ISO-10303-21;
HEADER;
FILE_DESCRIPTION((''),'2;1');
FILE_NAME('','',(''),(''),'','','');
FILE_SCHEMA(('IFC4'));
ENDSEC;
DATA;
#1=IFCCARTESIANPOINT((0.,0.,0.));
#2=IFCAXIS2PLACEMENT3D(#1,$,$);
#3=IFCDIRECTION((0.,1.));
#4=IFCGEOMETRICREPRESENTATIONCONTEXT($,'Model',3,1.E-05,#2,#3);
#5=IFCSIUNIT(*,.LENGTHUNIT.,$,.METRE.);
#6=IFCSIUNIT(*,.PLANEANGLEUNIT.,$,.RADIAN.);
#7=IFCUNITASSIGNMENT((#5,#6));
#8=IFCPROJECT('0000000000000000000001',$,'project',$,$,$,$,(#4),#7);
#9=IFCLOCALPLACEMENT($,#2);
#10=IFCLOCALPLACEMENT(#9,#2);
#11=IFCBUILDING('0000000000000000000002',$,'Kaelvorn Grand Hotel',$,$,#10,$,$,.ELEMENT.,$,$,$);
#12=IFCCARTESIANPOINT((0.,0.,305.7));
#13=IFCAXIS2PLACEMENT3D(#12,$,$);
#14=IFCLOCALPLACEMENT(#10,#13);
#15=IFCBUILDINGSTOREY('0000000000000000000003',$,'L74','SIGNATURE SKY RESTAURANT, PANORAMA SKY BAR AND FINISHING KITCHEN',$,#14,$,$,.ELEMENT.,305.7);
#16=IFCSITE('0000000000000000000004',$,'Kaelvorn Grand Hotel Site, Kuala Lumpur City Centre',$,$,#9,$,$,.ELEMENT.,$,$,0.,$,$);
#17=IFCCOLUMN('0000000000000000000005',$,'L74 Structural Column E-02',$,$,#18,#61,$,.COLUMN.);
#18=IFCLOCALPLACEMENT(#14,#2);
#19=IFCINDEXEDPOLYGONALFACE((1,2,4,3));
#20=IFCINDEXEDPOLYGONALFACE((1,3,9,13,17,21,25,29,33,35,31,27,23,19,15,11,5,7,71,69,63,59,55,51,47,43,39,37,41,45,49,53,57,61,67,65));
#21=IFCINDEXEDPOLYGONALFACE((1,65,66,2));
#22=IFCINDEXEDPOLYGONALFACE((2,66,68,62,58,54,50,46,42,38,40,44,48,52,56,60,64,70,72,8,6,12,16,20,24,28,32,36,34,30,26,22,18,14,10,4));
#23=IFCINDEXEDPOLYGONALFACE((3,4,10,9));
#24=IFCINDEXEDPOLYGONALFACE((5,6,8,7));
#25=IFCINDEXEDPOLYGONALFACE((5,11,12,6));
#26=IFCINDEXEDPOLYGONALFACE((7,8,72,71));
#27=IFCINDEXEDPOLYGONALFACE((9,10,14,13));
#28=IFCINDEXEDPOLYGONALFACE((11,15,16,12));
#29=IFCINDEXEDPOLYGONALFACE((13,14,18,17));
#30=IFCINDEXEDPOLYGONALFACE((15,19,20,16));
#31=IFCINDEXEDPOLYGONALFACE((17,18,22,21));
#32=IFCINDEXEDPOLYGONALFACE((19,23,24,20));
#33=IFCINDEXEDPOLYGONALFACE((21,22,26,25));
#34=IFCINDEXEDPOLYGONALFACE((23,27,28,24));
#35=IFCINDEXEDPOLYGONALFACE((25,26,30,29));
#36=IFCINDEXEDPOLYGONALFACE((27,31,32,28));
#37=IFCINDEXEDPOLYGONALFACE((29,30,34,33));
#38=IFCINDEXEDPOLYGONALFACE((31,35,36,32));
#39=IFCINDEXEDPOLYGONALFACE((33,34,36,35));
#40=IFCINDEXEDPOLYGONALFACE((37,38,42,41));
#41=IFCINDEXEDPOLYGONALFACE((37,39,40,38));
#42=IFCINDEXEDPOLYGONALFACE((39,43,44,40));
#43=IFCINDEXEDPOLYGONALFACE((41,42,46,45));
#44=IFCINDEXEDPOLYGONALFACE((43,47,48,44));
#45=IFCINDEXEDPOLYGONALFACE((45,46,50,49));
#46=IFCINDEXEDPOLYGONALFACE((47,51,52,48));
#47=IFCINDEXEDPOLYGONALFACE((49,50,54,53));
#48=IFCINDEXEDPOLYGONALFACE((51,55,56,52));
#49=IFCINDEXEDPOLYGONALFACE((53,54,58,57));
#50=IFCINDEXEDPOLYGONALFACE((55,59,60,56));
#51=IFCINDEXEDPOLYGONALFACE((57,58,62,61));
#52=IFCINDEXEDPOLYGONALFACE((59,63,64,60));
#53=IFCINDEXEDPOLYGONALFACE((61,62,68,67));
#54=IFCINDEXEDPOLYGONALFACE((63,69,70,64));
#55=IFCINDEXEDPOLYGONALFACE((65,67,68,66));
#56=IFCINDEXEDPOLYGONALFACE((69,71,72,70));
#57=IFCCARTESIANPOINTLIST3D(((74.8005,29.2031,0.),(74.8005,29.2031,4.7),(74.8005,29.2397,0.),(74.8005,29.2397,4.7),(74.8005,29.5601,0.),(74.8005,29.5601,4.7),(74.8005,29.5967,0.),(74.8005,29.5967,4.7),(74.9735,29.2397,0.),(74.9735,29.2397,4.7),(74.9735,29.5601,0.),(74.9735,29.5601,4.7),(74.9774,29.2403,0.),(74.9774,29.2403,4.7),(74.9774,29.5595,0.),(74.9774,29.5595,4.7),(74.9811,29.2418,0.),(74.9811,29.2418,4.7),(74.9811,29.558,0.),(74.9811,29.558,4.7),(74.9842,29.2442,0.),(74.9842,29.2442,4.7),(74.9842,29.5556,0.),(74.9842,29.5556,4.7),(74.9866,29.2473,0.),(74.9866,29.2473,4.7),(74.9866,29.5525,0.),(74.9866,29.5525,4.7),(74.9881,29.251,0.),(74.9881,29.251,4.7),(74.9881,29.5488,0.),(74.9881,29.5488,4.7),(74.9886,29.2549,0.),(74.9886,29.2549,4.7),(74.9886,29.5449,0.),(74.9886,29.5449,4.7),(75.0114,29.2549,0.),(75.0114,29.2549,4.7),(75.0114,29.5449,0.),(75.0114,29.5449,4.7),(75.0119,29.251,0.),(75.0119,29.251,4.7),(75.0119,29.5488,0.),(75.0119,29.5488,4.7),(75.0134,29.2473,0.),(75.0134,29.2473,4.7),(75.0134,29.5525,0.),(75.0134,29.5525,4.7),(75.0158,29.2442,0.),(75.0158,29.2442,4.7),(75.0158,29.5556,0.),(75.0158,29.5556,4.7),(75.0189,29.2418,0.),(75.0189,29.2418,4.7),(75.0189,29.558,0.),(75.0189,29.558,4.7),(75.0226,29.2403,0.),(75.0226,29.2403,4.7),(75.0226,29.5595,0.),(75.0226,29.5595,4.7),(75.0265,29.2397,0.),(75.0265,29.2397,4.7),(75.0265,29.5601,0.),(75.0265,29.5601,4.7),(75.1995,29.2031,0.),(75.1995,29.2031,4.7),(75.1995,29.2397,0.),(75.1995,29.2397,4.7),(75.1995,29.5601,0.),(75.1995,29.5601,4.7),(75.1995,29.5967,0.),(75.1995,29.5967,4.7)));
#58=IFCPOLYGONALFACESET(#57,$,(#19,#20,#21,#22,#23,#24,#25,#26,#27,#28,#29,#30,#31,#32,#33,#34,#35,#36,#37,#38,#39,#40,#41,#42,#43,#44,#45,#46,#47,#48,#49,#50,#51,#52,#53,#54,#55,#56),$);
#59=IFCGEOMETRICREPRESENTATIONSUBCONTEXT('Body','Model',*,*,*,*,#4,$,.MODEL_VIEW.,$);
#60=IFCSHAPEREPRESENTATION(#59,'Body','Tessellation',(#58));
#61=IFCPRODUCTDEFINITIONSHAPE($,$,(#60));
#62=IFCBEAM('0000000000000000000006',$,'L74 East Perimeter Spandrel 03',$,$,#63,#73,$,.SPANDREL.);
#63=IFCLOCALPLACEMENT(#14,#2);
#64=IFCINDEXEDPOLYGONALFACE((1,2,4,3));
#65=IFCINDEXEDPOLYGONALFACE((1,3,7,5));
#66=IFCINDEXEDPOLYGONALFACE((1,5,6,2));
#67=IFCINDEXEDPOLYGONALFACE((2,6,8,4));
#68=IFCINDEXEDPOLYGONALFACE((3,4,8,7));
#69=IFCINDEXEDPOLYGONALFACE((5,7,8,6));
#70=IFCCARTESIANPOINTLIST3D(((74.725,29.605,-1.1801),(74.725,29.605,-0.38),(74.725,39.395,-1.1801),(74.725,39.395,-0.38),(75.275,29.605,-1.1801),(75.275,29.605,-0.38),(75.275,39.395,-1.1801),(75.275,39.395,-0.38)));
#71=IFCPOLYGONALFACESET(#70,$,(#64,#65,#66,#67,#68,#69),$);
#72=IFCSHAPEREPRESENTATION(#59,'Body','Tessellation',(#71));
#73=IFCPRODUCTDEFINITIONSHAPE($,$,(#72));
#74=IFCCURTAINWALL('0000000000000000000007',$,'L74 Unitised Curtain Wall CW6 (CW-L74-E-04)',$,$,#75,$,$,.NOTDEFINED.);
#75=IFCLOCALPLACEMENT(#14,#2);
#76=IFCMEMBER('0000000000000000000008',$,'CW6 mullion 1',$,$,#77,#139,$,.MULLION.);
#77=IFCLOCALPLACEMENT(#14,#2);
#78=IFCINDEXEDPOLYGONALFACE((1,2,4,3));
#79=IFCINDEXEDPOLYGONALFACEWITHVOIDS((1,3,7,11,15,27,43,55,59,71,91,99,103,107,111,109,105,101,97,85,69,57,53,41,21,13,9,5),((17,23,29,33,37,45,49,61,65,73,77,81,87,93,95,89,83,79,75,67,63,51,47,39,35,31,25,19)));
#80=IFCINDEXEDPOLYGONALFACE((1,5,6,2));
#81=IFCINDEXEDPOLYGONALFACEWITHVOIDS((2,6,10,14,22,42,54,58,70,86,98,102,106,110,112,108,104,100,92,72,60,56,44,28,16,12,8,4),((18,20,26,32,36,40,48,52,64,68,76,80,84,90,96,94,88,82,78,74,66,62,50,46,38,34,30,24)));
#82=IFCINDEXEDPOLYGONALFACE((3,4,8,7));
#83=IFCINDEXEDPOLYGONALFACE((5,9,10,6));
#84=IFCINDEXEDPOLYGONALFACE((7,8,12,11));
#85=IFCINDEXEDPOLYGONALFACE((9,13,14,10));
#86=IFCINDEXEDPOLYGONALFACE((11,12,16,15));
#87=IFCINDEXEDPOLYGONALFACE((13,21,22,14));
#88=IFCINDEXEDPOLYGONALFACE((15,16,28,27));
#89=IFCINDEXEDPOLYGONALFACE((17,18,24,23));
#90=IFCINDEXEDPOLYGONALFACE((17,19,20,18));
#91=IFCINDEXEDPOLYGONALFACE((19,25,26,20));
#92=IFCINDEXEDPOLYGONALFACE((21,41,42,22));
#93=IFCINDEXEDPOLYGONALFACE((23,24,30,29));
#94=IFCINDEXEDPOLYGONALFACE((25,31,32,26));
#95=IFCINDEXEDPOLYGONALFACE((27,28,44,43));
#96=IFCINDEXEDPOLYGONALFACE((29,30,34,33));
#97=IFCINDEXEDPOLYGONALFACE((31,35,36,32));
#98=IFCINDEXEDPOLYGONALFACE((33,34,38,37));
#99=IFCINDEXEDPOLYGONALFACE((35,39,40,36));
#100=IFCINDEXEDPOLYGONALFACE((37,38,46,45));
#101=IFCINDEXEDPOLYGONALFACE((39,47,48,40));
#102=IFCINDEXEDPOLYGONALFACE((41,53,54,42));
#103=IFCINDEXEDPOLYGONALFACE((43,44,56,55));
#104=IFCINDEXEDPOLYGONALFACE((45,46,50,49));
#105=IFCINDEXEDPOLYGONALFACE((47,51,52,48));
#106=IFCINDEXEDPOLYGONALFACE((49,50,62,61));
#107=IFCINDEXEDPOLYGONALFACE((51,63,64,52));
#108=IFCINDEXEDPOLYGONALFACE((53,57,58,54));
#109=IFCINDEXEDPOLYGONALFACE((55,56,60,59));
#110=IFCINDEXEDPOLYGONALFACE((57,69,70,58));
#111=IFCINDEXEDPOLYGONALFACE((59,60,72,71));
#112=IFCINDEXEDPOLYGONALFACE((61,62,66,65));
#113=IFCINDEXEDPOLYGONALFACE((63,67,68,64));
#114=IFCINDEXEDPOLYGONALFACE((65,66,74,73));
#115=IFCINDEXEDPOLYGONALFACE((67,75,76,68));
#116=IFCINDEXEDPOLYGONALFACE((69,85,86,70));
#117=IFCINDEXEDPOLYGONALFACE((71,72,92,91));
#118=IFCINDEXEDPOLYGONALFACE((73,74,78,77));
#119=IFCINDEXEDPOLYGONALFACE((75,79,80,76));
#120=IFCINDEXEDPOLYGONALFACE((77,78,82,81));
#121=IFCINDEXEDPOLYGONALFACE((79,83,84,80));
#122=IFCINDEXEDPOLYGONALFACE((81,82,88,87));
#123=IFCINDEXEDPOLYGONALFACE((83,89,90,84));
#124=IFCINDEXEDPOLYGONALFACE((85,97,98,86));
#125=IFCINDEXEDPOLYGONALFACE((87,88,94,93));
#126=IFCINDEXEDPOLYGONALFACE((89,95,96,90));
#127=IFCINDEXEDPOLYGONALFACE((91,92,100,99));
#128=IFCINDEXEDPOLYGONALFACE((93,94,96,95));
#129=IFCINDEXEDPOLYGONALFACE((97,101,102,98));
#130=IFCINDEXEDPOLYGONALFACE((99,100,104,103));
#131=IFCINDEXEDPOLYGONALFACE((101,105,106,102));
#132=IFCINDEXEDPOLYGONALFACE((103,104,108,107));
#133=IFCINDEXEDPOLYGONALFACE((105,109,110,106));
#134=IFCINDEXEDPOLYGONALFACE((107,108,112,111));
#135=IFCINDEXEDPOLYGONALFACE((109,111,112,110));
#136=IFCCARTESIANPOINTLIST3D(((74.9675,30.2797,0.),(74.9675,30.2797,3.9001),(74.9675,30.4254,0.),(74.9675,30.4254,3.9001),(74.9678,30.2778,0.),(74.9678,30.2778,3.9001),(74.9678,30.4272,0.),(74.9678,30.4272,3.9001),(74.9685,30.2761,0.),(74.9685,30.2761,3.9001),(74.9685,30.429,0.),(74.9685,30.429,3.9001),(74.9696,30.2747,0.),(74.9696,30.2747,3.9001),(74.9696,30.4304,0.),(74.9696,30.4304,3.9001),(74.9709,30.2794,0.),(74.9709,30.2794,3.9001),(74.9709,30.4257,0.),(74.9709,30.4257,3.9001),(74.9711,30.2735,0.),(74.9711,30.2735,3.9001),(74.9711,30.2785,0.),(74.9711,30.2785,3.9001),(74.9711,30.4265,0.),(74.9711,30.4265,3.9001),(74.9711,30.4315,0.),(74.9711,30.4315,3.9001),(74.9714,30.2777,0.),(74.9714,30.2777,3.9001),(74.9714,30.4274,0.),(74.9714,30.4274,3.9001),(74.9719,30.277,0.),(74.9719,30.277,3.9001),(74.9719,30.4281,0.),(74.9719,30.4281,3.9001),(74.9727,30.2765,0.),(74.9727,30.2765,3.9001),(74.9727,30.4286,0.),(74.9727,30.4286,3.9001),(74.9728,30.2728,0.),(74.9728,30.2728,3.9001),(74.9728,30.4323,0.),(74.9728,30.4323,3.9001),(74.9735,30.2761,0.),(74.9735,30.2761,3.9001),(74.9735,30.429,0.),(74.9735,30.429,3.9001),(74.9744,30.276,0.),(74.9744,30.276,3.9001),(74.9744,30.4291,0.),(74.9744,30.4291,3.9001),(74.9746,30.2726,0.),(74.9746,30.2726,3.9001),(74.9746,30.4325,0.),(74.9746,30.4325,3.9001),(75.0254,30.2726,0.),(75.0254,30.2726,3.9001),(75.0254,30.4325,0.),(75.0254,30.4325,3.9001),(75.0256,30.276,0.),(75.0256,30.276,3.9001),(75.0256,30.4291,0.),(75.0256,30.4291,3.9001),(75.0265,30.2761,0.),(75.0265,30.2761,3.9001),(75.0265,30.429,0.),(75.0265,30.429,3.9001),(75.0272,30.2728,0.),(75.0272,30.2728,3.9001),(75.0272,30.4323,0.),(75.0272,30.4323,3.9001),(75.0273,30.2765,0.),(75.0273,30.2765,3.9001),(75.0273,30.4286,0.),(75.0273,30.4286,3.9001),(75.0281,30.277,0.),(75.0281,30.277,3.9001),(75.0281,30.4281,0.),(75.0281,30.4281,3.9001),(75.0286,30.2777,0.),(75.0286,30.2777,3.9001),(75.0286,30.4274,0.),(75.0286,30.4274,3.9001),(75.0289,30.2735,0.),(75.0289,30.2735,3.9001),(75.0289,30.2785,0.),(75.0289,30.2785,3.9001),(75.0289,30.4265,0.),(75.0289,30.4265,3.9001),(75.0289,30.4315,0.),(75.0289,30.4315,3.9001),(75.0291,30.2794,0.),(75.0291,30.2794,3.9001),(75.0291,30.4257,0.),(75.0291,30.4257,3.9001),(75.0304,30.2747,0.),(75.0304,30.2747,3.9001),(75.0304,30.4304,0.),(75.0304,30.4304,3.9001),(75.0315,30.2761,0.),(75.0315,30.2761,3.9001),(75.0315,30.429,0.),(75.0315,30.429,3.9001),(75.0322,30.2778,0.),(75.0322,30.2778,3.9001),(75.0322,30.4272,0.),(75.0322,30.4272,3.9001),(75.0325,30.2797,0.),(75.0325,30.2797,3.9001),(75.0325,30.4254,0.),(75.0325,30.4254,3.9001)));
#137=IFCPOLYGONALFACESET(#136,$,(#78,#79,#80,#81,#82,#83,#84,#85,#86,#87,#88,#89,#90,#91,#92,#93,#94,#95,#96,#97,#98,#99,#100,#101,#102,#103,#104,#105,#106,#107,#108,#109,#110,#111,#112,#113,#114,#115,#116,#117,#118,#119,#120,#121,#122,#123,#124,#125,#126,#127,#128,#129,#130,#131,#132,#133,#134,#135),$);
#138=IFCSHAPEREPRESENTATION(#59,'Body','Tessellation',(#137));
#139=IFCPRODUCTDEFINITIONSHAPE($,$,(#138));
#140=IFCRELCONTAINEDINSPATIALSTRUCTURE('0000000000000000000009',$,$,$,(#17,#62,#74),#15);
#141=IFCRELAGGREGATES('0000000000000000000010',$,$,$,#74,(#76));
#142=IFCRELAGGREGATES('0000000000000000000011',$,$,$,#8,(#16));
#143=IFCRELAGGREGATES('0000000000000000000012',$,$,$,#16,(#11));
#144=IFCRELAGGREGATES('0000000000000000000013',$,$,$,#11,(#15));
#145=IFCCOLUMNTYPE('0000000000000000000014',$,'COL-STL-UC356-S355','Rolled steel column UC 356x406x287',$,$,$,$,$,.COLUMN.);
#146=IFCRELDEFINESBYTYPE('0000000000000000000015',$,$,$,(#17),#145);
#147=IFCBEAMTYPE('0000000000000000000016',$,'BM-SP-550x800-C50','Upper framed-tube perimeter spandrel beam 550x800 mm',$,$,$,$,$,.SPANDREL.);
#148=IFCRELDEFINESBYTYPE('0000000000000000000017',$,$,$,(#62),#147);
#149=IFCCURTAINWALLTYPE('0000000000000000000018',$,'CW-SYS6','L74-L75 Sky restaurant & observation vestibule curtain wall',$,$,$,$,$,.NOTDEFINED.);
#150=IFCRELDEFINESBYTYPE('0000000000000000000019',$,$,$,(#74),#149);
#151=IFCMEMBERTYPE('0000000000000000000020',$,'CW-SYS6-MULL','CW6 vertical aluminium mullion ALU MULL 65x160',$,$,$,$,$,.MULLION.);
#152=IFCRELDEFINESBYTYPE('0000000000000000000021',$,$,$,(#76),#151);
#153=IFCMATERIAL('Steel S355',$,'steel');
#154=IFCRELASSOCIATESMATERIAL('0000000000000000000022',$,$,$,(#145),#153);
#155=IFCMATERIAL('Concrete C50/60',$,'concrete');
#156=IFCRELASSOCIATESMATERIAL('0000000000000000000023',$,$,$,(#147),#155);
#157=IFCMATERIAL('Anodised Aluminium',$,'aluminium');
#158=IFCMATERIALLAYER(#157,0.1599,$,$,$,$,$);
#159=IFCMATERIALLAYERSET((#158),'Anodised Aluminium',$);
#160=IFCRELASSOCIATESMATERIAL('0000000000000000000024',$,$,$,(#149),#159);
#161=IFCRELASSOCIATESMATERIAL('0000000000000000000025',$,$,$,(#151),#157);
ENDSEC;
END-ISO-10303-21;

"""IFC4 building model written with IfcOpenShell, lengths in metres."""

from ifc_helpers import new_model, si_unit, direction, frame, origin, origin_2d, place, context, subcontext, project, spatial, rectangle, hollow_rectangle, i_section, extrude, material, layer, layer_set, material_profile, profile_set, type_object, element, aggregate, save


model = new_model("IFC4")

# Units and contexts
model_context = context("Model", 3, precision=1e-05, world=origin(), true_north=direction((0.0, 1.0)))
body_context = subcontext(model_context, "Body", "Model", "MODEL_VIEW")
ifc_project = project(units=[si_unit("LENGTHUNIT", "METRE"), si_unit("PLANEANGLEUNIT", "RADIAN")], contexts=[model_context])

# Site, building, storey
site_placement = place(None, origin())
site = spatial("IfcSite", under=ifc_project, at=site_placement, Name="Kaelvorn Grand Hotel Site, Kuala Lumpur City Centre", CompositionType="ELEMENT", RefElevation=0.0)
building_placement = place(site_placement, origin())
building = spatial("IfcBuilding", under=site, at=building_placement, Name="Kaelvorn Grand Hotel", CompositionType="ELEMENT")
storey_placement = place(building_placement, frame((0.0, 0.0, 305.7)))
storey = spatial("IfcBuildingStorey", under=building, at=storey_placement, Name="L74", Description="SIGNATURE SKY RESTAURANT, PANORAMA SKY BAR AND FINISHING KITCHEN", CompositionType="ELEMENT", Elevation=305.7)

# Column
ifc_material_1 = material(Name="Steel S355", Category="steel")
ifc_material_profile_1 = material_profile(ifc_material_1, i_section(OverallWidth=0.3989, OverallDepth=0.3936, WebThickness=0.0227, FlangeThickness=0.0366, FilletRadius=0.0151, at=origin_2d()), Name="UC 356x406x287")
ifc_profile_set_1 = profile_set([ifc_material_profile_1], Name="Steel S355")
column_type = type_object("IfcColumnType", Name="COL-STL-UC356-S355", Description="Rolled steel column UC 356x406x287", PredefinedType="COLUMN", material=ifc_profile_set_1)
column_placement = place(storey_placement, frame((75.0, 29.3999, 0.0), z_axis=(0.0, 0.0, 1.0), x_axis=(1.0, 0.0, 0.0)))
element("IfcColumn", 1, at=column_placement, inside=storey, type_object=column_type, Name="L74 Structural Column E-02", PredefinedType="COLUMN", context=body_context, shape_type="SweptSolid", body=[
    extrude(i_section(OverallWidth=0.3989, OverallDepth=0.3936, WebThickness=0.0227, FlangeThickness=0.0366, FilletRadius=0.0151, at=origin_2d()), origin(), (0.0, 0.0, 1.0), 4.7),
])

# Beam
ifc_material_2 = material(Name="Concrete C50/60", Category="concrete")
ifc_material_profile_2 = material_profile(ifc_material_2, rectangle(XDim=0.55, YDim=0.8, at=origin_2d()), Name="RC SPANDREL 550x800")
ifc_profile_set_2 = profile_set([ifc_material_profile_2], Name="Concrete C50/60")
beam_type = type_object("IfcBeamType", Name="BM-SP-550x800-C50", Description="Upper framed-tube perimeter spandrel beam 550x800 mm", PredefinedType="SPANDREL", material=ifc_profile_set_2)
beam_placement = place(storey_placement, frame((75.0, 29.605, -0.78), z_axis=(0.0, 1.0, 0.0), x_axis=(-1.0, 0.0, 0.0)))
element("IfcBeam", 2, at=beam_placement, inside=storey, type_object=beam_type, Name="L74 East Perimeter Spandrel 03", PredefinedType="SPANDREL", context=body_context, shape_type="SweptSolid", body=[
    extrude(rectangle(XDim=0.55, YDim=0.8, at=origin_2d()), origin(), (0.0, 0.0, 1.0), 9.79),
])

# Curtain wall, member
ifc_material_3 = material(Name="Anodised Aluminium", Category="aluminium")
ifc_layer_1 = layer(ifc_material_3, 0.1599)
ifc_layer_set_1 = layer_set([ifc_layer_1], Name="Anodised Aluminium")
curtain_wall_type = type_object("IfcCurtainWallType", Name="CW-SYS6", Description="L74-L75 Sky restaurant & observation vestibule curtain wall", PredefinedType="NOTDEFINED", material=ifc_layer_set_1)
curtain_wall_placement = place(storey_placement, origin())
curtain_wall = element("IfcCurtainWall", 3, at=curtain_wall_placement, inside=storey, type_object=curtain_wall_type, Name="L74 Unitised Curtain Wall CW6 (CW-L74-E-04)", PredefinedType="NOTDEFINED")
ifc_material_profile_3 = material_profile(ifc_material_3, hollow_rectangle(XDim=0.0649, YDim=0.1599, WallThickness=0.0034, InnerFilletRadius=0.0034, OuterFilletRadius=0.0071, at=origin_2d()), Name="ALU MULL 65x160")
ifc_profile_set_3 = profile_set([ifc_material_profile_3], Name="Anodised Aluminium")
member_type_1 = type_object("IfcMemberType", Name="CW-SYS6-MULL", Description="CW6 vertical aluminium mullion ALU MULL 65x160", PredefinedType="MULLION", material=ifc_profile_set_3)
member_1_placement = place(storey_placement, frame((75.0, 30.3525, 0.0), z_axis=(0.0, 0.0, 1.0), x_axis=(-1.0, 0.0, 0.0)))
member_1 = element("IfcMember", 4, at=member_1_placement, type_object=member_type_1, Name="CW6 mullion 1", PredefinedType="MULLION", context=body_context, shape_type="SweptSolid", body=[
    extrude(hollow_rectangle(XDim=0.0649, YDim=0.1599, WallThickness=0.0034, InnerFilletRadius=0.0034, OuterFilletRadius=0.0071, at=origin_2d()), origin(), (0.0, 0.0, 1.0), 3.9001),
])
aggregate(curtain_wall, [member_1])

save(model, "model.ifc")
